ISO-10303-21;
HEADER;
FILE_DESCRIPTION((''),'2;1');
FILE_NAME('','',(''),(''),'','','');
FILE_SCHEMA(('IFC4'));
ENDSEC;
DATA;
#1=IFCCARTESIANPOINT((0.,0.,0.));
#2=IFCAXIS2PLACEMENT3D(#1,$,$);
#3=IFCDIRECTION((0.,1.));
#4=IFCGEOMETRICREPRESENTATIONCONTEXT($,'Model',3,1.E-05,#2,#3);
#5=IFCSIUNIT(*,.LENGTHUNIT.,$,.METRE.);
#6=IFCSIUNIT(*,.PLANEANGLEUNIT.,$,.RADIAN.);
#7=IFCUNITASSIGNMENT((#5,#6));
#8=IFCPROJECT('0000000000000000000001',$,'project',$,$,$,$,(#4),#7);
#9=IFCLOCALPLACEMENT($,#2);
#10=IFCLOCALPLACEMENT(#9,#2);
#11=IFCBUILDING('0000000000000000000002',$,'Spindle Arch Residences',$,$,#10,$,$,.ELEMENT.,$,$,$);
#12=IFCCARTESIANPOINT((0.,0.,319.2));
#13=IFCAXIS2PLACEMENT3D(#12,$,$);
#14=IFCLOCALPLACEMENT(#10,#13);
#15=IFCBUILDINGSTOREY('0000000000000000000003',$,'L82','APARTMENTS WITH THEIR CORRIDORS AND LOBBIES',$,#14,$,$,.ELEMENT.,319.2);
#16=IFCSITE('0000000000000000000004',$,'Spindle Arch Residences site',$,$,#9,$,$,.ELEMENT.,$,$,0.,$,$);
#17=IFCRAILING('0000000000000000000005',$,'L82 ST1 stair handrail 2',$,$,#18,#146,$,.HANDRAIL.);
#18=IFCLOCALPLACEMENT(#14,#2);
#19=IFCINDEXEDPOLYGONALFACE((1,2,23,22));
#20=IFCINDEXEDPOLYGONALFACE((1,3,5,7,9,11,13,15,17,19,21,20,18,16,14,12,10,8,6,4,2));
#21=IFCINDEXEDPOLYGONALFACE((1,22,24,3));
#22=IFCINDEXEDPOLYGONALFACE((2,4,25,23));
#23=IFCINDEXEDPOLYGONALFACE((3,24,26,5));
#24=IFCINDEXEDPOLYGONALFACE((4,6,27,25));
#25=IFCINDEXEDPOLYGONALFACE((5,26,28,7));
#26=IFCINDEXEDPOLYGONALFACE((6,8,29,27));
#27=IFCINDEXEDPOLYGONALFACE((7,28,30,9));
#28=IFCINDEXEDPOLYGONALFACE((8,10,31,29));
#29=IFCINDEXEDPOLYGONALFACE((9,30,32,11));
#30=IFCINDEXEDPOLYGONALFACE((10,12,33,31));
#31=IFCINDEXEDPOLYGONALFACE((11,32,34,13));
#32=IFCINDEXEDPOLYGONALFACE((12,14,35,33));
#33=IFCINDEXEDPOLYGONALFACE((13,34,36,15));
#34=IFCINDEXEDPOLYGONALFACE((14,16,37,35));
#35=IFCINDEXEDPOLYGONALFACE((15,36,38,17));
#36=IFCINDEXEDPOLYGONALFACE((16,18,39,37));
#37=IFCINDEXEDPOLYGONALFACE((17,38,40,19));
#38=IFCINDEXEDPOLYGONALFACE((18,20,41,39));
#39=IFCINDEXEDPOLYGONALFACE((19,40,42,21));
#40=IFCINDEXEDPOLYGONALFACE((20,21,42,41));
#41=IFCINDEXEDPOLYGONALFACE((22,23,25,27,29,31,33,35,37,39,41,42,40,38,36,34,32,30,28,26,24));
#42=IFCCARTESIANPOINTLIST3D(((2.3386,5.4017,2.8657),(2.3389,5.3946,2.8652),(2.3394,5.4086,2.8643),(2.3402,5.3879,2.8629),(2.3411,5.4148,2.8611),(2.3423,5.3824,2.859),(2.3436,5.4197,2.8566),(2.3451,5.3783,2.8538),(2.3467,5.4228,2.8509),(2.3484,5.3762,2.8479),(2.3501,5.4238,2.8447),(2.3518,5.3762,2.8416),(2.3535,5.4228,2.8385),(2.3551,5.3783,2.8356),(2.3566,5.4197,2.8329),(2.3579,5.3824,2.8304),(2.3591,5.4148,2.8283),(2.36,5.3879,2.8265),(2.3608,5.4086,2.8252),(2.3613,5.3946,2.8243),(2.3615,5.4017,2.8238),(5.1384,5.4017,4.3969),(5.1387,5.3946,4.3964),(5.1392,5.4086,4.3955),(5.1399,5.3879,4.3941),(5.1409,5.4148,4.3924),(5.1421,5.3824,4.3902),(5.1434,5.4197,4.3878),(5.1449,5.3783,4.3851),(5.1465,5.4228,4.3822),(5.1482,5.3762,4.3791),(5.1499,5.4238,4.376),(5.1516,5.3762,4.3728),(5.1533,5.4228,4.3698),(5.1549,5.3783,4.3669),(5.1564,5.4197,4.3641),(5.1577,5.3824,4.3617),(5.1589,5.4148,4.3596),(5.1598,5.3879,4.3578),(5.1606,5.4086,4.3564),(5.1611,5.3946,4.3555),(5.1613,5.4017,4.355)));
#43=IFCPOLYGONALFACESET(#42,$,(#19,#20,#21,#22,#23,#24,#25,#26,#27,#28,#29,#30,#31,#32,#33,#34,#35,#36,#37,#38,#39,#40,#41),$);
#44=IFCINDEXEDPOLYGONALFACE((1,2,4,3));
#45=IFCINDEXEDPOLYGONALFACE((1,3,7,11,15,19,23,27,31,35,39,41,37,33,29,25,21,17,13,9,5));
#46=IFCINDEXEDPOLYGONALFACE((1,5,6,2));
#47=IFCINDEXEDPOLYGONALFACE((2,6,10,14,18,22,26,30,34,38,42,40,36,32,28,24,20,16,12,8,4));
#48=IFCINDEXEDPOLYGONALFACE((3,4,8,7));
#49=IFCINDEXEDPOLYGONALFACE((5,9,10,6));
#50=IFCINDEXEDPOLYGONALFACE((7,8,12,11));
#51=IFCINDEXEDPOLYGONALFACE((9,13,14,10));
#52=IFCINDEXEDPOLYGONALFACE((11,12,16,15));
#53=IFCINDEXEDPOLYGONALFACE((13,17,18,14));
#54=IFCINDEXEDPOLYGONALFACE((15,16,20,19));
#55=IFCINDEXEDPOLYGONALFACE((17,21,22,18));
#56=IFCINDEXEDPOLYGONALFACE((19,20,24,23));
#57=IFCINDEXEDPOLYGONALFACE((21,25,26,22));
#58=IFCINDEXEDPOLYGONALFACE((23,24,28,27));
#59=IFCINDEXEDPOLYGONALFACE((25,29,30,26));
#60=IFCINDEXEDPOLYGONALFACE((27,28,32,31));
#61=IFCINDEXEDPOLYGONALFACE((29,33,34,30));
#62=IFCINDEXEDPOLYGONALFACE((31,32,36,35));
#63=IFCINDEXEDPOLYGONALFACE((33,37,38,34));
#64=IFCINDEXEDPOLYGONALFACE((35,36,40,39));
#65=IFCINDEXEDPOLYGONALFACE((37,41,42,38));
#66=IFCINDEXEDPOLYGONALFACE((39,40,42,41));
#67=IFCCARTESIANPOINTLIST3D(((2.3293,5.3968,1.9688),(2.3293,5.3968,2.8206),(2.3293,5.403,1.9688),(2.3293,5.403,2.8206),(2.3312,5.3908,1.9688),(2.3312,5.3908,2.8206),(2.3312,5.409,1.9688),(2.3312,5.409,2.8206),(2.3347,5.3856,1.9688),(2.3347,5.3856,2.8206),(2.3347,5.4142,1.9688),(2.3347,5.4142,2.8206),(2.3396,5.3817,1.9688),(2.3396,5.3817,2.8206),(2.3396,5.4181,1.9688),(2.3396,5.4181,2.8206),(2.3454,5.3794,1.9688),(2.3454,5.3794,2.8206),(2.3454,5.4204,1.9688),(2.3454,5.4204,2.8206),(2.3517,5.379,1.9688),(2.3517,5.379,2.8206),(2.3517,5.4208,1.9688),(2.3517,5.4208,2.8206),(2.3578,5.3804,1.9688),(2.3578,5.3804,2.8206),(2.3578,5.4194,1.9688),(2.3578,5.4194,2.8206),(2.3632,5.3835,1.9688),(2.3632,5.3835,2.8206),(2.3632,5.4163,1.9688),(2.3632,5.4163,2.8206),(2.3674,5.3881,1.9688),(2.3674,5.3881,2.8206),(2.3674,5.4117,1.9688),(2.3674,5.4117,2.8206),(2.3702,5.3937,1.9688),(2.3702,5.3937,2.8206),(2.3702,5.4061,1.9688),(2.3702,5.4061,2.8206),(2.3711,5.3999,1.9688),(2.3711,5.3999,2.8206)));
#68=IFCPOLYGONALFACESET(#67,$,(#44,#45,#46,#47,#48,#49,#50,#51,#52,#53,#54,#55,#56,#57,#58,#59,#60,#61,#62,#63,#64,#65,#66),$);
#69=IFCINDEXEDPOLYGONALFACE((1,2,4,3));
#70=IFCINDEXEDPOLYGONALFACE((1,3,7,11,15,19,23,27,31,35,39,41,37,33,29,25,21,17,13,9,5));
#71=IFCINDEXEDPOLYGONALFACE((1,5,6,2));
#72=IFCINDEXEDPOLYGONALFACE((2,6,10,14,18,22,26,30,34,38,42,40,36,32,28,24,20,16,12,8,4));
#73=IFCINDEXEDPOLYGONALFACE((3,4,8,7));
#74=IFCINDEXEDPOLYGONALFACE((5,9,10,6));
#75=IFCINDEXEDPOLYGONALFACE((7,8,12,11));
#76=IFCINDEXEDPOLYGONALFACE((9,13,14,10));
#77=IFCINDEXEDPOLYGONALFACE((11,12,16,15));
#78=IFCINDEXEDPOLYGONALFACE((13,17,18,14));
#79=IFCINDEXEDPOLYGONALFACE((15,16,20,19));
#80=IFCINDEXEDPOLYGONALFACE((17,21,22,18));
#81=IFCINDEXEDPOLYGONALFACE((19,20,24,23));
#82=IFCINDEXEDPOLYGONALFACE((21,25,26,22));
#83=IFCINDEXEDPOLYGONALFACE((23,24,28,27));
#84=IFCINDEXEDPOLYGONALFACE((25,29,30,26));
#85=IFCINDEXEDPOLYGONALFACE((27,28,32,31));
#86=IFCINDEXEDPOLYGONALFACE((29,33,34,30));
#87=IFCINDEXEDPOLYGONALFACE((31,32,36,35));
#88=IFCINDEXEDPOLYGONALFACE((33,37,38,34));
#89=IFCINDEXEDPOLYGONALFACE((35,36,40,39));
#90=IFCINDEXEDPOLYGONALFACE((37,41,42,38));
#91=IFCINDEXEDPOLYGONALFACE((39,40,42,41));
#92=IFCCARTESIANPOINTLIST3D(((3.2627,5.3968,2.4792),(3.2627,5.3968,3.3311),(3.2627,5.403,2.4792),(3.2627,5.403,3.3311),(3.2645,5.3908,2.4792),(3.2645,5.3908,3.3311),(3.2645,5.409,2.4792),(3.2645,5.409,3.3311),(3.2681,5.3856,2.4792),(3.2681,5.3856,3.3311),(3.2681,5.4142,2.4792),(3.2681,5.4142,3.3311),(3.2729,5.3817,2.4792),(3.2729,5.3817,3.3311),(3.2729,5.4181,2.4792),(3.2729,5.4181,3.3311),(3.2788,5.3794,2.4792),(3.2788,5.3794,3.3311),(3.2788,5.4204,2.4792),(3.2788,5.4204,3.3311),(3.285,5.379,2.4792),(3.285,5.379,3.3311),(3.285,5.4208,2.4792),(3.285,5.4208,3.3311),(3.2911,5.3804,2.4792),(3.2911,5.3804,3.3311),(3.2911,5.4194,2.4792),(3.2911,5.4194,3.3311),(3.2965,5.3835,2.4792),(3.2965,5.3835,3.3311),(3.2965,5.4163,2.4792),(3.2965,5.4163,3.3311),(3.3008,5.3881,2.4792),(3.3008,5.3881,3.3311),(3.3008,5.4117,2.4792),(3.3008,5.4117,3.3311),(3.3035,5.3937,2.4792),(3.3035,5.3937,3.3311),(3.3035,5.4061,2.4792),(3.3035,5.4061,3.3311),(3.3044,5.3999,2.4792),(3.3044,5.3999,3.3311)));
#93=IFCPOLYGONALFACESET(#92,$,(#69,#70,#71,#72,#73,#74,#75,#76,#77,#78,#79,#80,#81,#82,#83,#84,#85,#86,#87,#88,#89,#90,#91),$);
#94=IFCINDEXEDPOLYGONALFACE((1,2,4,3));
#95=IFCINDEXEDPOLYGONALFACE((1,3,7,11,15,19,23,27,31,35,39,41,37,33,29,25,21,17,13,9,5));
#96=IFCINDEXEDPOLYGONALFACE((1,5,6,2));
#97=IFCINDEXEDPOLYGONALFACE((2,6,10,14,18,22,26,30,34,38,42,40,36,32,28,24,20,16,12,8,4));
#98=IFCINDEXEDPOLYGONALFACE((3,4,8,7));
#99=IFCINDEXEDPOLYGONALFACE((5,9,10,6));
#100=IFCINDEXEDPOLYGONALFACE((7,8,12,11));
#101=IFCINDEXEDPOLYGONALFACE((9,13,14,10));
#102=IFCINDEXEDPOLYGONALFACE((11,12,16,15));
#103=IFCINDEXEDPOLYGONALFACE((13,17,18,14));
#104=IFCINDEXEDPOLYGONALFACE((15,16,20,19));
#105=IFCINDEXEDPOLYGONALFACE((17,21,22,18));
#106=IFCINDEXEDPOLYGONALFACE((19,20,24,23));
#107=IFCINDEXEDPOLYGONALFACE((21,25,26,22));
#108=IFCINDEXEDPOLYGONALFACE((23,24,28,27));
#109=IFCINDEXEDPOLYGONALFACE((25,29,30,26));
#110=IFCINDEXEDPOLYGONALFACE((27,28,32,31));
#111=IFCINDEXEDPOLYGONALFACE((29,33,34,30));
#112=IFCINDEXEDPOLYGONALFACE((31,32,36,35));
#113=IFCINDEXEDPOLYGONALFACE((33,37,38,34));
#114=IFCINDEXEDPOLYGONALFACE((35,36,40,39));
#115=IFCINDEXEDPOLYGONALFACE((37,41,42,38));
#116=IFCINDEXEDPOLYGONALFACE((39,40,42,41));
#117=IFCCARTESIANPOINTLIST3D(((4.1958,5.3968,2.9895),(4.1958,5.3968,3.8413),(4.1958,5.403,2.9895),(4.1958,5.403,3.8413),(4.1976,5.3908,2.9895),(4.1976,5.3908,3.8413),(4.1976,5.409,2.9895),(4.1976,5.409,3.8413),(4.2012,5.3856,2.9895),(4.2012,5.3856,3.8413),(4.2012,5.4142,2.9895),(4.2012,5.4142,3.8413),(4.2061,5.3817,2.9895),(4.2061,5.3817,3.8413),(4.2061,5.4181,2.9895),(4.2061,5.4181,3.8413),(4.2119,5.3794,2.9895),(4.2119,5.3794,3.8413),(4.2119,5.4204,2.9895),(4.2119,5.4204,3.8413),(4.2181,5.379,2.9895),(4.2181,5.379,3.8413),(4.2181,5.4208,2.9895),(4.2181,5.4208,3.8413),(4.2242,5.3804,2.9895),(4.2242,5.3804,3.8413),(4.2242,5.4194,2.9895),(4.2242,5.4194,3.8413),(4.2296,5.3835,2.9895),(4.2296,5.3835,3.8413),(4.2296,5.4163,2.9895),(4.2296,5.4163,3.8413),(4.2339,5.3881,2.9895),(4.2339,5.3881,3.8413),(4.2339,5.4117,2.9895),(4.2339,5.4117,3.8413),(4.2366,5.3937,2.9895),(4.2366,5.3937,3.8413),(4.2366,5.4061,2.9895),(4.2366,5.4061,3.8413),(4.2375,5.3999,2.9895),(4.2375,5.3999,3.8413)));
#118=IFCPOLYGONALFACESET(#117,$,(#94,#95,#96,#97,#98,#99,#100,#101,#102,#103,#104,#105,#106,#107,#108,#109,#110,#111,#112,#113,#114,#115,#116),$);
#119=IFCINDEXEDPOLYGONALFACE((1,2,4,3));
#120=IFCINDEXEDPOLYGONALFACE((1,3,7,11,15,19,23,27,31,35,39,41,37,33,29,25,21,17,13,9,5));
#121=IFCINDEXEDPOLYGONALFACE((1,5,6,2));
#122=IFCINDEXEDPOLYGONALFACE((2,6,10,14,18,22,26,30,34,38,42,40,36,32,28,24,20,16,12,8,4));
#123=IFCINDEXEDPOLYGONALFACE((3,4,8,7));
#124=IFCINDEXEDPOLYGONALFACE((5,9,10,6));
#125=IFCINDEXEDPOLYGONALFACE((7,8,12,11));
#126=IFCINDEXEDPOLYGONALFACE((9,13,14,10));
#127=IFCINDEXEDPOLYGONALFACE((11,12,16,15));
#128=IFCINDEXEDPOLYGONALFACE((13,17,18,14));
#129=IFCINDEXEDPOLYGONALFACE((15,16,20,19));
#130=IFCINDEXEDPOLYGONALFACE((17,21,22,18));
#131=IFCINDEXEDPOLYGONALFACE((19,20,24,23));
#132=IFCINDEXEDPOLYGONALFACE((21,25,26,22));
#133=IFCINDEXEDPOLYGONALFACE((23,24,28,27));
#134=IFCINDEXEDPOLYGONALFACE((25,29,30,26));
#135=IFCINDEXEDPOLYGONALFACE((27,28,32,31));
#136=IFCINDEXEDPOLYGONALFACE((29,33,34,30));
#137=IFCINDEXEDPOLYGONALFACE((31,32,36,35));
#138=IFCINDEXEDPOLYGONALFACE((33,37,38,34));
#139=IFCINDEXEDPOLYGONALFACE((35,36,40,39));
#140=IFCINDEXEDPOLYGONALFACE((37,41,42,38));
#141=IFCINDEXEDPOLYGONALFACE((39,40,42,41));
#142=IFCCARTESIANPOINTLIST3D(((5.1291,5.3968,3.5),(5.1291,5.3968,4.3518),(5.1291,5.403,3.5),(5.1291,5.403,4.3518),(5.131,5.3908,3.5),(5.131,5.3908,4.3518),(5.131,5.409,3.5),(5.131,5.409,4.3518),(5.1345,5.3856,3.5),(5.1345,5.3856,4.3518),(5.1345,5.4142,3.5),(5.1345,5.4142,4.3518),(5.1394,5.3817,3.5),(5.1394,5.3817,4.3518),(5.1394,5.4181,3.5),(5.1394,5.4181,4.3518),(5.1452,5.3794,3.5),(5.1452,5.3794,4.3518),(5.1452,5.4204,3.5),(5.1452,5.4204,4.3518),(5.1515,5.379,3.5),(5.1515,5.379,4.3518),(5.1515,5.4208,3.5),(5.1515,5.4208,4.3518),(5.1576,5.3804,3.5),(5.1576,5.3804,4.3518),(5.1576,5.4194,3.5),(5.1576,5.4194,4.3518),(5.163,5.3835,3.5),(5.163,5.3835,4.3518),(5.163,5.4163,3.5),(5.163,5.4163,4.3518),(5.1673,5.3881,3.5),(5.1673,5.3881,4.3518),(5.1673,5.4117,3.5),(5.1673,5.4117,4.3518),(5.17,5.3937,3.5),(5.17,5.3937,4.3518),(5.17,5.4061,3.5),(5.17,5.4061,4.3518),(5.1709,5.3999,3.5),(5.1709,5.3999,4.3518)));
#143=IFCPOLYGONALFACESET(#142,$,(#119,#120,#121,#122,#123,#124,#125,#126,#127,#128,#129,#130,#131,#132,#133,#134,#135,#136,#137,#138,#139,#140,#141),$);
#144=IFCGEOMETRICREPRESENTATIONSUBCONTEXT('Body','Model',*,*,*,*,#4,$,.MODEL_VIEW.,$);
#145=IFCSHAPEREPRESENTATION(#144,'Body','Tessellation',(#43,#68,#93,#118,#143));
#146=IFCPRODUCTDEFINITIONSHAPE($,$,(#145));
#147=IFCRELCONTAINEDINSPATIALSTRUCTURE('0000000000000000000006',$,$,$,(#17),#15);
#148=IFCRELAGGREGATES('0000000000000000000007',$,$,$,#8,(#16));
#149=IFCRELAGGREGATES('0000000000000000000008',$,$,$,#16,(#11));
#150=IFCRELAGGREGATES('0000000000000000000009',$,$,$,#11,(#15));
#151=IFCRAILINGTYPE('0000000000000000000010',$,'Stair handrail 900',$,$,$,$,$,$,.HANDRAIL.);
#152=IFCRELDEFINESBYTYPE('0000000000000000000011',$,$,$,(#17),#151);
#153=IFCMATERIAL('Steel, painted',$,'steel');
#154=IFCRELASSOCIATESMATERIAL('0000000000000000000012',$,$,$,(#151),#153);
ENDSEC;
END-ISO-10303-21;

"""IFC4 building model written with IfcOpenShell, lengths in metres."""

from ifc_helpers import new_model, si_unit, direction, frame, origin, origin_2d, place, context, subcontext, project, spatial, circle, extrude, material, type_object, element, save


model = new_model("IFC4")

# Units and contexts
model_context = context("Model", 3, precision=1e-05, world=origin(), true_north=direction((0.0, 1.0)))
body_context = subcontext(model_context, "Body", "Model", "MODEL_VIEW")
ifc_project = project(units=[si_unit("LENGTHUNIT", "METRE"), si_unit("PLANEANGLEUNIT", "RADIAN")], contexts=[model_context])

# Site, building, storey
site_placement = place(None, origin())
site = spatial("IfcSite", under=ifc_project, at=site_placement, Name="Spindle Arch Residences site", CompositionType="ELEMENT", RefElevation=0.0)
building_placement = place(site_placement, origin())
building = spatial("IfcBuilding", under=site, at=building_placement, Name="Spindle Arch Residences", CompositionType="ELEMENT")
storey_placement = place(building_placement, frame((0.0, 0.0, 319.2)))
storey = spatial("IfcBuildingStorey", under=building, at=storey_placement, Name="L82", Description="APARTMENTS WITH THEIR CORRIDORS AND LOBBIES", CompositionType="ELEMENT", Elevation=319.2)

# Railing
ifc_material_1 = material(Name="Steel, painted", Category="steel")
railing_type_1 = type_object("IfcRailingType", Name="Stair handrail 900", PredefinedType="HANDRAIL", material=ifc_material_1)
railing_1_placement = place(storey_placement, frame((2.3501, 5.3999, 1.9688)))
element("IfcRailing", 1, at=railing_1_placement, inside=storey, type_object=railing_type_1, Name="L82 ST1 stair handrail 2", PredefinedType="HANDRAIL", context=body_context, shape_type="SweptSolid", body=[
    extrude(circle(Radius=0.0239, at=origin_2d()), frame((0.0, 0.0, 0.876), z_axis=(0.877357, 0.0, 0.479838), x_axis=(0.0, 1.0, 0.0)), (0.0, 0.0, 1.0), 3.1912),
    extrude(circle(Radius=0.021, at=origin_2d()), origin(), (0.0, 0.0, 1.0), 0.8518),
    extrude(circle(Radius=0.021, at=origin_2d()), frame((0.9333, 0.0, 0.5105)), (0.0, 0.0, 1.0), 0.8518),
    extrude(circle(Radius=0.021, at=origin_2d()), frame((1.8665, 0.0, 1.0208)), (0.0, 0.0, 1.0), 0.8518),
    extrude(circle(Radius=0.021, at=origin_2d()), frame((2.7998, 0.0, 1.5312)), (0.0, 0.0, 1.0), 0.8518),
])

save(model, "model.ifc")
